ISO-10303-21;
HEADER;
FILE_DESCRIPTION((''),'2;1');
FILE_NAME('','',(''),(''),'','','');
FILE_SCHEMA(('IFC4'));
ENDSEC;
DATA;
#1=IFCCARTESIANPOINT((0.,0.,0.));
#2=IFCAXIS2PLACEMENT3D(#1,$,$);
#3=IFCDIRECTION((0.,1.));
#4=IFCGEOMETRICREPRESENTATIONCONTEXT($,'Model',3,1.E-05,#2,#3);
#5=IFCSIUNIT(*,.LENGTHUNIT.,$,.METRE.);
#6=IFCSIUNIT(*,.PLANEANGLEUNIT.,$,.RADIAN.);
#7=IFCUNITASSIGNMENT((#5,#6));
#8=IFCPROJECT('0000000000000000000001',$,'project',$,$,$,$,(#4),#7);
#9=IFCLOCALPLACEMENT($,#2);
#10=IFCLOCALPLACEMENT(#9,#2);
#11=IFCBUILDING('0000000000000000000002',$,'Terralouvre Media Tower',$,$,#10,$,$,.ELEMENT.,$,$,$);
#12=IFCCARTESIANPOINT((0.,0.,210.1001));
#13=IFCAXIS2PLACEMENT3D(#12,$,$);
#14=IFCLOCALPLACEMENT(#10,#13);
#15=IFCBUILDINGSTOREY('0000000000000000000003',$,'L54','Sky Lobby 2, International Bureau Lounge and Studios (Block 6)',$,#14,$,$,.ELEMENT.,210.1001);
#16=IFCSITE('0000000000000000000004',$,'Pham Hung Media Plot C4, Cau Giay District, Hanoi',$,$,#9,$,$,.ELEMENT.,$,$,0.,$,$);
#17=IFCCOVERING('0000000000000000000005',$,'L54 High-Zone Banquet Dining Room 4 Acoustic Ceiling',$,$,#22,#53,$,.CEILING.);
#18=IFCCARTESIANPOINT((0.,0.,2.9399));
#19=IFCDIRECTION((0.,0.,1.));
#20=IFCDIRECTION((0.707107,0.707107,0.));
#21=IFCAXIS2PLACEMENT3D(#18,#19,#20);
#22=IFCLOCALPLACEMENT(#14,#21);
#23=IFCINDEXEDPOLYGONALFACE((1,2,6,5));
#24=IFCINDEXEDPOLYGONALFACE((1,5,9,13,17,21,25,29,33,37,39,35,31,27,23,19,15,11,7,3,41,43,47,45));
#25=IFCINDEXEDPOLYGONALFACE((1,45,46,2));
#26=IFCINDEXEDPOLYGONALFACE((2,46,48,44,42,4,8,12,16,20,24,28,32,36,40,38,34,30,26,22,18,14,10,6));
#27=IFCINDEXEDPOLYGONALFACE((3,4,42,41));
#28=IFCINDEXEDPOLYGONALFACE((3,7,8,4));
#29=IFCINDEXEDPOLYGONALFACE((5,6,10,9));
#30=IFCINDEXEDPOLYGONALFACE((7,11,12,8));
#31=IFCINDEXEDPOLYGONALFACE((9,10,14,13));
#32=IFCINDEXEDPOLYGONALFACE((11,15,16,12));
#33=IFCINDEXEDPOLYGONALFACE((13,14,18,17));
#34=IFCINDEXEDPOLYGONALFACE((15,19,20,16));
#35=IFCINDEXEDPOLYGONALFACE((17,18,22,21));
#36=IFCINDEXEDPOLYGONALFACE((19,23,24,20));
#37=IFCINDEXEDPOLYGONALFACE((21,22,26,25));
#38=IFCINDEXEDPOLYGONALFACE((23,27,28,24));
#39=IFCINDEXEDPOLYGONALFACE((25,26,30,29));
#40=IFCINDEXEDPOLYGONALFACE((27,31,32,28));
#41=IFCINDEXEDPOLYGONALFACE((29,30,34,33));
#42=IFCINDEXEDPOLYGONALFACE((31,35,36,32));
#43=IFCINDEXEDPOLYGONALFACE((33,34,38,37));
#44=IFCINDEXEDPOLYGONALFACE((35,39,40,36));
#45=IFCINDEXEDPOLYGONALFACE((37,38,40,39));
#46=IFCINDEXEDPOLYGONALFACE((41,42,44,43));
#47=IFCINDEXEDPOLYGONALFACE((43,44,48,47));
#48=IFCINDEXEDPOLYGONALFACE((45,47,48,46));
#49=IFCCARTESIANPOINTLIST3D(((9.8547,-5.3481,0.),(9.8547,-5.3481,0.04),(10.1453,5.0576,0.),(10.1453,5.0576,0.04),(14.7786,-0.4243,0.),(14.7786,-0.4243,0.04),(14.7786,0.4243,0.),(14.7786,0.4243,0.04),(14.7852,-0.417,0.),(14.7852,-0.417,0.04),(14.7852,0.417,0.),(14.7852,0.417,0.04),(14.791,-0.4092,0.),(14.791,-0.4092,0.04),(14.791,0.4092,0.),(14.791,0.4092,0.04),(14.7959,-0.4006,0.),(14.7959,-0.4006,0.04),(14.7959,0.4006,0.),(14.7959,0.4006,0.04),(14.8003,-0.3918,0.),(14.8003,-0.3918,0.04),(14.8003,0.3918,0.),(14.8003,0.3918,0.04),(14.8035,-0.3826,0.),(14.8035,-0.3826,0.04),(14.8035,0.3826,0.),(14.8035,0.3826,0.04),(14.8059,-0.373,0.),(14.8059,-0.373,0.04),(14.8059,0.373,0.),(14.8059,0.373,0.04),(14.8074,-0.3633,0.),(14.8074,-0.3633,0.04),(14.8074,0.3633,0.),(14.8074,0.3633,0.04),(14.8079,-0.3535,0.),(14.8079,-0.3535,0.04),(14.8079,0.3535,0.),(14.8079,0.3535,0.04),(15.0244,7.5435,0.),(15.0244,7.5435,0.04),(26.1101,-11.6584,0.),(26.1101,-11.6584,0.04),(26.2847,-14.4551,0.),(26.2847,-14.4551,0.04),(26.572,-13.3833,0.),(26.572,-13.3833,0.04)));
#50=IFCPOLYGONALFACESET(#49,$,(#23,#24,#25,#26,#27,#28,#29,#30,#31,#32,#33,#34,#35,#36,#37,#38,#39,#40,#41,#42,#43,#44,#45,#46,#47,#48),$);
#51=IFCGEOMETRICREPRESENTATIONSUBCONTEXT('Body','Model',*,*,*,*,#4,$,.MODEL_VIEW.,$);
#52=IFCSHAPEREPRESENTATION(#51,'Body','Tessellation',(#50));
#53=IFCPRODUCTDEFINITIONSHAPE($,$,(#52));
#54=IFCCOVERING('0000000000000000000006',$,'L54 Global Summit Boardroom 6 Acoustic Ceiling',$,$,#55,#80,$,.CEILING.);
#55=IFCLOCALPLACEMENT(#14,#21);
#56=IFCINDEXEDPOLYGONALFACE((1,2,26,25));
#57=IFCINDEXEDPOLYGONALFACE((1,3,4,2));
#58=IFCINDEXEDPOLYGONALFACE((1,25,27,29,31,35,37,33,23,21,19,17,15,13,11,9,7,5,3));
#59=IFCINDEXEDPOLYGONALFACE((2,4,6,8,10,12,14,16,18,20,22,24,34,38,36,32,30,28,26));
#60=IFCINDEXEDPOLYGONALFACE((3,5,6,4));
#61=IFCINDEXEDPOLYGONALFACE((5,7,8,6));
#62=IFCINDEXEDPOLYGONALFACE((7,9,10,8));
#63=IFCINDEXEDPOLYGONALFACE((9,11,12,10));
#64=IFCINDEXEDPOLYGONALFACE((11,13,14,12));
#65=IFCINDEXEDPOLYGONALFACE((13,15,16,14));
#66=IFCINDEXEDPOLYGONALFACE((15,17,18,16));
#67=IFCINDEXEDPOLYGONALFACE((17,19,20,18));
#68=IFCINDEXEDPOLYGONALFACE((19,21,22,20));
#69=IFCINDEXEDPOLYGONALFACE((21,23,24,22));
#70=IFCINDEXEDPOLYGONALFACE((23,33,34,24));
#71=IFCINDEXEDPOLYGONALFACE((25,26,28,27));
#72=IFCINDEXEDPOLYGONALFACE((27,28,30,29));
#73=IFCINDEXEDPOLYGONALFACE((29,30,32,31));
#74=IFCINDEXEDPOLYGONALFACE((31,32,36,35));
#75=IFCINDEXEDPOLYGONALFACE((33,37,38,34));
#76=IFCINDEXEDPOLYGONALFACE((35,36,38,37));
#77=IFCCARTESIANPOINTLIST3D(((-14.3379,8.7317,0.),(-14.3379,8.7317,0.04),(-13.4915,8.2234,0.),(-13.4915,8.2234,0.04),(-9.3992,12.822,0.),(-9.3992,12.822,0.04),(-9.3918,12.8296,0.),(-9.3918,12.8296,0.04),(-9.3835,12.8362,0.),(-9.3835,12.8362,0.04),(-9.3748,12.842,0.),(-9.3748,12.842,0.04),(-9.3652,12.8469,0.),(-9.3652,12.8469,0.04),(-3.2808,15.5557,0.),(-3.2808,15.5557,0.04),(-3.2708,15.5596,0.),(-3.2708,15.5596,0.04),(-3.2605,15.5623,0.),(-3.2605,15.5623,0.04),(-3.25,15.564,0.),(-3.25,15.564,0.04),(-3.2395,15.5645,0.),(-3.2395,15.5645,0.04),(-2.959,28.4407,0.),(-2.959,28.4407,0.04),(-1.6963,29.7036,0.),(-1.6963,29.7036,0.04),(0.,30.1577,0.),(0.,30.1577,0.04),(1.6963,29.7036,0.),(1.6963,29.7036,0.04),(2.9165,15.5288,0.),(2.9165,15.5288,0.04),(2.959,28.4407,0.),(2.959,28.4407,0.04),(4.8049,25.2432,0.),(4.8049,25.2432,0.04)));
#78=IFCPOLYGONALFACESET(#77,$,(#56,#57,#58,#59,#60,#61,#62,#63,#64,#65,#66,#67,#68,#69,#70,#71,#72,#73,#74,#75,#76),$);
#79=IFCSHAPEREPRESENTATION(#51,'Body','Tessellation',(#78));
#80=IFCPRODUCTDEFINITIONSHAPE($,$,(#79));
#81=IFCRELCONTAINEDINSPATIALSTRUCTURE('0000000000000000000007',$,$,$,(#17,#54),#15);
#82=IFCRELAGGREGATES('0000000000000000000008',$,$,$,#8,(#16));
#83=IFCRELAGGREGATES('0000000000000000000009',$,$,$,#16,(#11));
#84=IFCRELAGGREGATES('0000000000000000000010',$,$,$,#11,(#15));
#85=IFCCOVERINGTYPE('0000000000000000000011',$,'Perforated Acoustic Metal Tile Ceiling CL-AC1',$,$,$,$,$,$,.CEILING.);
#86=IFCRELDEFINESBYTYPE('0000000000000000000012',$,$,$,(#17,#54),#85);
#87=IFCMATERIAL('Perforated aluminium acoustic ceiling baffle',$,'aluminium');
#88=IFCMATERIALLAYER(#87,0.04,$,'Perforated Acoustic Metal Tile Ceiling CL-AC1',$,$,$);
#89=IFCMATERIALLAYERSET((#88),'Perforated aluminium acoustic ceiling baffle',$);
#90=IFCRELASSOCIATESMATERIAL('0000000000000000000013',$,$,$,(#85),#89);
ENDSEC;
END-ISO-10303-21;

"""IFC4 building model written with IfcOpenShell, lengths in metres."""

from ifc_helpers import new_model, si_unit, direction, frame, origin, place, context, subcontext, project, spatial, polyline, outline, extrude, material, layer, layer_set, type_object, element, save


model = new_model("IFC4")

# Units and contexts
model_context = context("Model", 3, precision=1e-05, world=origin(), true_north=direction((0.0, 1.0)))
body_context = subcontext(model_context, "Body", "Model", "MODEL_VIEW")
ifc_project = project(units=[si_unit("LENGTHUNIT", "METRE"), si_unit("PLANEANGLEUNIT", "RADIAN")], contexts=[model_context])

# Site, building, storey
site_placement = place(None, origin())
site = spatial("IfcSite", under=ifc_project, at=site_placement, Name="Pham Hung Media Plot C4, Cau Giay District, Hanoi", CompositionType="ELEMENT", RefElevation=0.0)
building_placement = place(site_placement, origin())
building = spatial("IfcBuilding", under=site, at=building_placement, Name="Terralouvre Media Tower", CompositionType="ELEMENT")
storey_placement = place(building_placement, frame((0.0, 0.0, 210.1001)))
storey = spatial("IfcBuildingStorey", under=building, at=storey_placement, Name="L54", Description="Sky Lobby 2, International Bureau Lounge and Studios (Block 6)", CompositionType="ELEMENT", Elevation=210.1001)

# Coverings
ifc_material_1 = material(Name="Perforated aluminium acoustic ceiling baffle", Category="aluminium")
ifc_layer_1 = layer(ifc_material_1, 0.04, Name="Perforated Acoustic Metal Tile Ceiling CL-AC1")
ifc_layer_set_1 = layer_set([ifc_layer_1], Name="Perforated aluminium acoustic ceiling baffle")
covering_type = type_object("IfcCoveringType", Name="Perforated Acoustic Metal Tile Ceiling CL-AC1", PredefinedType="CEILING", material=ifc_layer_set_1)
covering_1_placement = place(storey_placement, frame((0.0, 0.0, 2.9399), z_axis=(0.0, 0.0, 1.0), x_axis=(0.707107, 0.707107, 0.0)))
element("IfcCovering", 1, at=covering_1_placement, inside=storey, type_object=covering_type, Name="L54 High-Zone Banquet Dining Room 4 Acoustic Ceiling", PredefinedType="CEILING", context=body_context, shape_type="SweptSolid", body=[
    extrude(outline(polyline([(14.7786, 0.4243), (14.7852, 0.417), (14.791, 0.4092), (14.7959, 0.4006), (14.8003, 0.3918), (14.8035, 0.3826), (14.8059, 0.373), (14.8074, 0.3633), (14.8079, 0.3535), (14.8079, -0.3535), (14.8074, -0.3633), (14.8059, -0.373), (14.8035, -0.3826), (14.8003, -0.3918), (14.7959, -0.4006), (14.791, -0.4092), (14.7852, -0.417), (14.7786, -0.4243), (9.8547, -5.3481), (26.2847, -14.4551), (26.572, -13.3833), (26.1101, -11.6584), (15.0244, 7.5435), (10.1453, 5.0576), (14.7786, 0.4243)])), origin(), (0.0, 0.0, 1.0), 0.04),
])
covering_2_placement = place(storey_placement, frame((0.0, 0.0, 2.9399), z_axis=(0.0, 0.0, 1.0), x_axis=(0.707107, 0.707107, 0.0)))
element("IfcCovering", 2, at=covering_2_placement, inside=storey, type_object=covering_type, Name="L54 Global Summit Boardroom 6 Acoustic Ceiling", PredefinedType="CEILING", context=body_context, shape_type="SweptSolid", body=[
    extrude(outline(polyline([(-13.4915, 8.2234), (-9.3992, 12.822), (-9.3918, 12.8296), (-9.3835, 12.8362), (-9.3748, 12.842), (-9.3652, 12.8469), (-3.2808, 15.5557), (-3.2708, 15.5596), (-3.2605, 15.5623), (-3.25, 15.564), (-3.2395, 15.5645), (2.9165, 15.5288), (4.8049, 25.2432), (2.959, 28.4407), (1.6963, 29.7036), (0.0, 30.1577), (-1.6963, 29.7036), (-2.959, 28.4407), (-14.3379, 8.7317), (-13.4915, 8.2234)])), origin(), (0.0, 0.0, 1.0), 0.04),
])

save(model, "model.ifc")
